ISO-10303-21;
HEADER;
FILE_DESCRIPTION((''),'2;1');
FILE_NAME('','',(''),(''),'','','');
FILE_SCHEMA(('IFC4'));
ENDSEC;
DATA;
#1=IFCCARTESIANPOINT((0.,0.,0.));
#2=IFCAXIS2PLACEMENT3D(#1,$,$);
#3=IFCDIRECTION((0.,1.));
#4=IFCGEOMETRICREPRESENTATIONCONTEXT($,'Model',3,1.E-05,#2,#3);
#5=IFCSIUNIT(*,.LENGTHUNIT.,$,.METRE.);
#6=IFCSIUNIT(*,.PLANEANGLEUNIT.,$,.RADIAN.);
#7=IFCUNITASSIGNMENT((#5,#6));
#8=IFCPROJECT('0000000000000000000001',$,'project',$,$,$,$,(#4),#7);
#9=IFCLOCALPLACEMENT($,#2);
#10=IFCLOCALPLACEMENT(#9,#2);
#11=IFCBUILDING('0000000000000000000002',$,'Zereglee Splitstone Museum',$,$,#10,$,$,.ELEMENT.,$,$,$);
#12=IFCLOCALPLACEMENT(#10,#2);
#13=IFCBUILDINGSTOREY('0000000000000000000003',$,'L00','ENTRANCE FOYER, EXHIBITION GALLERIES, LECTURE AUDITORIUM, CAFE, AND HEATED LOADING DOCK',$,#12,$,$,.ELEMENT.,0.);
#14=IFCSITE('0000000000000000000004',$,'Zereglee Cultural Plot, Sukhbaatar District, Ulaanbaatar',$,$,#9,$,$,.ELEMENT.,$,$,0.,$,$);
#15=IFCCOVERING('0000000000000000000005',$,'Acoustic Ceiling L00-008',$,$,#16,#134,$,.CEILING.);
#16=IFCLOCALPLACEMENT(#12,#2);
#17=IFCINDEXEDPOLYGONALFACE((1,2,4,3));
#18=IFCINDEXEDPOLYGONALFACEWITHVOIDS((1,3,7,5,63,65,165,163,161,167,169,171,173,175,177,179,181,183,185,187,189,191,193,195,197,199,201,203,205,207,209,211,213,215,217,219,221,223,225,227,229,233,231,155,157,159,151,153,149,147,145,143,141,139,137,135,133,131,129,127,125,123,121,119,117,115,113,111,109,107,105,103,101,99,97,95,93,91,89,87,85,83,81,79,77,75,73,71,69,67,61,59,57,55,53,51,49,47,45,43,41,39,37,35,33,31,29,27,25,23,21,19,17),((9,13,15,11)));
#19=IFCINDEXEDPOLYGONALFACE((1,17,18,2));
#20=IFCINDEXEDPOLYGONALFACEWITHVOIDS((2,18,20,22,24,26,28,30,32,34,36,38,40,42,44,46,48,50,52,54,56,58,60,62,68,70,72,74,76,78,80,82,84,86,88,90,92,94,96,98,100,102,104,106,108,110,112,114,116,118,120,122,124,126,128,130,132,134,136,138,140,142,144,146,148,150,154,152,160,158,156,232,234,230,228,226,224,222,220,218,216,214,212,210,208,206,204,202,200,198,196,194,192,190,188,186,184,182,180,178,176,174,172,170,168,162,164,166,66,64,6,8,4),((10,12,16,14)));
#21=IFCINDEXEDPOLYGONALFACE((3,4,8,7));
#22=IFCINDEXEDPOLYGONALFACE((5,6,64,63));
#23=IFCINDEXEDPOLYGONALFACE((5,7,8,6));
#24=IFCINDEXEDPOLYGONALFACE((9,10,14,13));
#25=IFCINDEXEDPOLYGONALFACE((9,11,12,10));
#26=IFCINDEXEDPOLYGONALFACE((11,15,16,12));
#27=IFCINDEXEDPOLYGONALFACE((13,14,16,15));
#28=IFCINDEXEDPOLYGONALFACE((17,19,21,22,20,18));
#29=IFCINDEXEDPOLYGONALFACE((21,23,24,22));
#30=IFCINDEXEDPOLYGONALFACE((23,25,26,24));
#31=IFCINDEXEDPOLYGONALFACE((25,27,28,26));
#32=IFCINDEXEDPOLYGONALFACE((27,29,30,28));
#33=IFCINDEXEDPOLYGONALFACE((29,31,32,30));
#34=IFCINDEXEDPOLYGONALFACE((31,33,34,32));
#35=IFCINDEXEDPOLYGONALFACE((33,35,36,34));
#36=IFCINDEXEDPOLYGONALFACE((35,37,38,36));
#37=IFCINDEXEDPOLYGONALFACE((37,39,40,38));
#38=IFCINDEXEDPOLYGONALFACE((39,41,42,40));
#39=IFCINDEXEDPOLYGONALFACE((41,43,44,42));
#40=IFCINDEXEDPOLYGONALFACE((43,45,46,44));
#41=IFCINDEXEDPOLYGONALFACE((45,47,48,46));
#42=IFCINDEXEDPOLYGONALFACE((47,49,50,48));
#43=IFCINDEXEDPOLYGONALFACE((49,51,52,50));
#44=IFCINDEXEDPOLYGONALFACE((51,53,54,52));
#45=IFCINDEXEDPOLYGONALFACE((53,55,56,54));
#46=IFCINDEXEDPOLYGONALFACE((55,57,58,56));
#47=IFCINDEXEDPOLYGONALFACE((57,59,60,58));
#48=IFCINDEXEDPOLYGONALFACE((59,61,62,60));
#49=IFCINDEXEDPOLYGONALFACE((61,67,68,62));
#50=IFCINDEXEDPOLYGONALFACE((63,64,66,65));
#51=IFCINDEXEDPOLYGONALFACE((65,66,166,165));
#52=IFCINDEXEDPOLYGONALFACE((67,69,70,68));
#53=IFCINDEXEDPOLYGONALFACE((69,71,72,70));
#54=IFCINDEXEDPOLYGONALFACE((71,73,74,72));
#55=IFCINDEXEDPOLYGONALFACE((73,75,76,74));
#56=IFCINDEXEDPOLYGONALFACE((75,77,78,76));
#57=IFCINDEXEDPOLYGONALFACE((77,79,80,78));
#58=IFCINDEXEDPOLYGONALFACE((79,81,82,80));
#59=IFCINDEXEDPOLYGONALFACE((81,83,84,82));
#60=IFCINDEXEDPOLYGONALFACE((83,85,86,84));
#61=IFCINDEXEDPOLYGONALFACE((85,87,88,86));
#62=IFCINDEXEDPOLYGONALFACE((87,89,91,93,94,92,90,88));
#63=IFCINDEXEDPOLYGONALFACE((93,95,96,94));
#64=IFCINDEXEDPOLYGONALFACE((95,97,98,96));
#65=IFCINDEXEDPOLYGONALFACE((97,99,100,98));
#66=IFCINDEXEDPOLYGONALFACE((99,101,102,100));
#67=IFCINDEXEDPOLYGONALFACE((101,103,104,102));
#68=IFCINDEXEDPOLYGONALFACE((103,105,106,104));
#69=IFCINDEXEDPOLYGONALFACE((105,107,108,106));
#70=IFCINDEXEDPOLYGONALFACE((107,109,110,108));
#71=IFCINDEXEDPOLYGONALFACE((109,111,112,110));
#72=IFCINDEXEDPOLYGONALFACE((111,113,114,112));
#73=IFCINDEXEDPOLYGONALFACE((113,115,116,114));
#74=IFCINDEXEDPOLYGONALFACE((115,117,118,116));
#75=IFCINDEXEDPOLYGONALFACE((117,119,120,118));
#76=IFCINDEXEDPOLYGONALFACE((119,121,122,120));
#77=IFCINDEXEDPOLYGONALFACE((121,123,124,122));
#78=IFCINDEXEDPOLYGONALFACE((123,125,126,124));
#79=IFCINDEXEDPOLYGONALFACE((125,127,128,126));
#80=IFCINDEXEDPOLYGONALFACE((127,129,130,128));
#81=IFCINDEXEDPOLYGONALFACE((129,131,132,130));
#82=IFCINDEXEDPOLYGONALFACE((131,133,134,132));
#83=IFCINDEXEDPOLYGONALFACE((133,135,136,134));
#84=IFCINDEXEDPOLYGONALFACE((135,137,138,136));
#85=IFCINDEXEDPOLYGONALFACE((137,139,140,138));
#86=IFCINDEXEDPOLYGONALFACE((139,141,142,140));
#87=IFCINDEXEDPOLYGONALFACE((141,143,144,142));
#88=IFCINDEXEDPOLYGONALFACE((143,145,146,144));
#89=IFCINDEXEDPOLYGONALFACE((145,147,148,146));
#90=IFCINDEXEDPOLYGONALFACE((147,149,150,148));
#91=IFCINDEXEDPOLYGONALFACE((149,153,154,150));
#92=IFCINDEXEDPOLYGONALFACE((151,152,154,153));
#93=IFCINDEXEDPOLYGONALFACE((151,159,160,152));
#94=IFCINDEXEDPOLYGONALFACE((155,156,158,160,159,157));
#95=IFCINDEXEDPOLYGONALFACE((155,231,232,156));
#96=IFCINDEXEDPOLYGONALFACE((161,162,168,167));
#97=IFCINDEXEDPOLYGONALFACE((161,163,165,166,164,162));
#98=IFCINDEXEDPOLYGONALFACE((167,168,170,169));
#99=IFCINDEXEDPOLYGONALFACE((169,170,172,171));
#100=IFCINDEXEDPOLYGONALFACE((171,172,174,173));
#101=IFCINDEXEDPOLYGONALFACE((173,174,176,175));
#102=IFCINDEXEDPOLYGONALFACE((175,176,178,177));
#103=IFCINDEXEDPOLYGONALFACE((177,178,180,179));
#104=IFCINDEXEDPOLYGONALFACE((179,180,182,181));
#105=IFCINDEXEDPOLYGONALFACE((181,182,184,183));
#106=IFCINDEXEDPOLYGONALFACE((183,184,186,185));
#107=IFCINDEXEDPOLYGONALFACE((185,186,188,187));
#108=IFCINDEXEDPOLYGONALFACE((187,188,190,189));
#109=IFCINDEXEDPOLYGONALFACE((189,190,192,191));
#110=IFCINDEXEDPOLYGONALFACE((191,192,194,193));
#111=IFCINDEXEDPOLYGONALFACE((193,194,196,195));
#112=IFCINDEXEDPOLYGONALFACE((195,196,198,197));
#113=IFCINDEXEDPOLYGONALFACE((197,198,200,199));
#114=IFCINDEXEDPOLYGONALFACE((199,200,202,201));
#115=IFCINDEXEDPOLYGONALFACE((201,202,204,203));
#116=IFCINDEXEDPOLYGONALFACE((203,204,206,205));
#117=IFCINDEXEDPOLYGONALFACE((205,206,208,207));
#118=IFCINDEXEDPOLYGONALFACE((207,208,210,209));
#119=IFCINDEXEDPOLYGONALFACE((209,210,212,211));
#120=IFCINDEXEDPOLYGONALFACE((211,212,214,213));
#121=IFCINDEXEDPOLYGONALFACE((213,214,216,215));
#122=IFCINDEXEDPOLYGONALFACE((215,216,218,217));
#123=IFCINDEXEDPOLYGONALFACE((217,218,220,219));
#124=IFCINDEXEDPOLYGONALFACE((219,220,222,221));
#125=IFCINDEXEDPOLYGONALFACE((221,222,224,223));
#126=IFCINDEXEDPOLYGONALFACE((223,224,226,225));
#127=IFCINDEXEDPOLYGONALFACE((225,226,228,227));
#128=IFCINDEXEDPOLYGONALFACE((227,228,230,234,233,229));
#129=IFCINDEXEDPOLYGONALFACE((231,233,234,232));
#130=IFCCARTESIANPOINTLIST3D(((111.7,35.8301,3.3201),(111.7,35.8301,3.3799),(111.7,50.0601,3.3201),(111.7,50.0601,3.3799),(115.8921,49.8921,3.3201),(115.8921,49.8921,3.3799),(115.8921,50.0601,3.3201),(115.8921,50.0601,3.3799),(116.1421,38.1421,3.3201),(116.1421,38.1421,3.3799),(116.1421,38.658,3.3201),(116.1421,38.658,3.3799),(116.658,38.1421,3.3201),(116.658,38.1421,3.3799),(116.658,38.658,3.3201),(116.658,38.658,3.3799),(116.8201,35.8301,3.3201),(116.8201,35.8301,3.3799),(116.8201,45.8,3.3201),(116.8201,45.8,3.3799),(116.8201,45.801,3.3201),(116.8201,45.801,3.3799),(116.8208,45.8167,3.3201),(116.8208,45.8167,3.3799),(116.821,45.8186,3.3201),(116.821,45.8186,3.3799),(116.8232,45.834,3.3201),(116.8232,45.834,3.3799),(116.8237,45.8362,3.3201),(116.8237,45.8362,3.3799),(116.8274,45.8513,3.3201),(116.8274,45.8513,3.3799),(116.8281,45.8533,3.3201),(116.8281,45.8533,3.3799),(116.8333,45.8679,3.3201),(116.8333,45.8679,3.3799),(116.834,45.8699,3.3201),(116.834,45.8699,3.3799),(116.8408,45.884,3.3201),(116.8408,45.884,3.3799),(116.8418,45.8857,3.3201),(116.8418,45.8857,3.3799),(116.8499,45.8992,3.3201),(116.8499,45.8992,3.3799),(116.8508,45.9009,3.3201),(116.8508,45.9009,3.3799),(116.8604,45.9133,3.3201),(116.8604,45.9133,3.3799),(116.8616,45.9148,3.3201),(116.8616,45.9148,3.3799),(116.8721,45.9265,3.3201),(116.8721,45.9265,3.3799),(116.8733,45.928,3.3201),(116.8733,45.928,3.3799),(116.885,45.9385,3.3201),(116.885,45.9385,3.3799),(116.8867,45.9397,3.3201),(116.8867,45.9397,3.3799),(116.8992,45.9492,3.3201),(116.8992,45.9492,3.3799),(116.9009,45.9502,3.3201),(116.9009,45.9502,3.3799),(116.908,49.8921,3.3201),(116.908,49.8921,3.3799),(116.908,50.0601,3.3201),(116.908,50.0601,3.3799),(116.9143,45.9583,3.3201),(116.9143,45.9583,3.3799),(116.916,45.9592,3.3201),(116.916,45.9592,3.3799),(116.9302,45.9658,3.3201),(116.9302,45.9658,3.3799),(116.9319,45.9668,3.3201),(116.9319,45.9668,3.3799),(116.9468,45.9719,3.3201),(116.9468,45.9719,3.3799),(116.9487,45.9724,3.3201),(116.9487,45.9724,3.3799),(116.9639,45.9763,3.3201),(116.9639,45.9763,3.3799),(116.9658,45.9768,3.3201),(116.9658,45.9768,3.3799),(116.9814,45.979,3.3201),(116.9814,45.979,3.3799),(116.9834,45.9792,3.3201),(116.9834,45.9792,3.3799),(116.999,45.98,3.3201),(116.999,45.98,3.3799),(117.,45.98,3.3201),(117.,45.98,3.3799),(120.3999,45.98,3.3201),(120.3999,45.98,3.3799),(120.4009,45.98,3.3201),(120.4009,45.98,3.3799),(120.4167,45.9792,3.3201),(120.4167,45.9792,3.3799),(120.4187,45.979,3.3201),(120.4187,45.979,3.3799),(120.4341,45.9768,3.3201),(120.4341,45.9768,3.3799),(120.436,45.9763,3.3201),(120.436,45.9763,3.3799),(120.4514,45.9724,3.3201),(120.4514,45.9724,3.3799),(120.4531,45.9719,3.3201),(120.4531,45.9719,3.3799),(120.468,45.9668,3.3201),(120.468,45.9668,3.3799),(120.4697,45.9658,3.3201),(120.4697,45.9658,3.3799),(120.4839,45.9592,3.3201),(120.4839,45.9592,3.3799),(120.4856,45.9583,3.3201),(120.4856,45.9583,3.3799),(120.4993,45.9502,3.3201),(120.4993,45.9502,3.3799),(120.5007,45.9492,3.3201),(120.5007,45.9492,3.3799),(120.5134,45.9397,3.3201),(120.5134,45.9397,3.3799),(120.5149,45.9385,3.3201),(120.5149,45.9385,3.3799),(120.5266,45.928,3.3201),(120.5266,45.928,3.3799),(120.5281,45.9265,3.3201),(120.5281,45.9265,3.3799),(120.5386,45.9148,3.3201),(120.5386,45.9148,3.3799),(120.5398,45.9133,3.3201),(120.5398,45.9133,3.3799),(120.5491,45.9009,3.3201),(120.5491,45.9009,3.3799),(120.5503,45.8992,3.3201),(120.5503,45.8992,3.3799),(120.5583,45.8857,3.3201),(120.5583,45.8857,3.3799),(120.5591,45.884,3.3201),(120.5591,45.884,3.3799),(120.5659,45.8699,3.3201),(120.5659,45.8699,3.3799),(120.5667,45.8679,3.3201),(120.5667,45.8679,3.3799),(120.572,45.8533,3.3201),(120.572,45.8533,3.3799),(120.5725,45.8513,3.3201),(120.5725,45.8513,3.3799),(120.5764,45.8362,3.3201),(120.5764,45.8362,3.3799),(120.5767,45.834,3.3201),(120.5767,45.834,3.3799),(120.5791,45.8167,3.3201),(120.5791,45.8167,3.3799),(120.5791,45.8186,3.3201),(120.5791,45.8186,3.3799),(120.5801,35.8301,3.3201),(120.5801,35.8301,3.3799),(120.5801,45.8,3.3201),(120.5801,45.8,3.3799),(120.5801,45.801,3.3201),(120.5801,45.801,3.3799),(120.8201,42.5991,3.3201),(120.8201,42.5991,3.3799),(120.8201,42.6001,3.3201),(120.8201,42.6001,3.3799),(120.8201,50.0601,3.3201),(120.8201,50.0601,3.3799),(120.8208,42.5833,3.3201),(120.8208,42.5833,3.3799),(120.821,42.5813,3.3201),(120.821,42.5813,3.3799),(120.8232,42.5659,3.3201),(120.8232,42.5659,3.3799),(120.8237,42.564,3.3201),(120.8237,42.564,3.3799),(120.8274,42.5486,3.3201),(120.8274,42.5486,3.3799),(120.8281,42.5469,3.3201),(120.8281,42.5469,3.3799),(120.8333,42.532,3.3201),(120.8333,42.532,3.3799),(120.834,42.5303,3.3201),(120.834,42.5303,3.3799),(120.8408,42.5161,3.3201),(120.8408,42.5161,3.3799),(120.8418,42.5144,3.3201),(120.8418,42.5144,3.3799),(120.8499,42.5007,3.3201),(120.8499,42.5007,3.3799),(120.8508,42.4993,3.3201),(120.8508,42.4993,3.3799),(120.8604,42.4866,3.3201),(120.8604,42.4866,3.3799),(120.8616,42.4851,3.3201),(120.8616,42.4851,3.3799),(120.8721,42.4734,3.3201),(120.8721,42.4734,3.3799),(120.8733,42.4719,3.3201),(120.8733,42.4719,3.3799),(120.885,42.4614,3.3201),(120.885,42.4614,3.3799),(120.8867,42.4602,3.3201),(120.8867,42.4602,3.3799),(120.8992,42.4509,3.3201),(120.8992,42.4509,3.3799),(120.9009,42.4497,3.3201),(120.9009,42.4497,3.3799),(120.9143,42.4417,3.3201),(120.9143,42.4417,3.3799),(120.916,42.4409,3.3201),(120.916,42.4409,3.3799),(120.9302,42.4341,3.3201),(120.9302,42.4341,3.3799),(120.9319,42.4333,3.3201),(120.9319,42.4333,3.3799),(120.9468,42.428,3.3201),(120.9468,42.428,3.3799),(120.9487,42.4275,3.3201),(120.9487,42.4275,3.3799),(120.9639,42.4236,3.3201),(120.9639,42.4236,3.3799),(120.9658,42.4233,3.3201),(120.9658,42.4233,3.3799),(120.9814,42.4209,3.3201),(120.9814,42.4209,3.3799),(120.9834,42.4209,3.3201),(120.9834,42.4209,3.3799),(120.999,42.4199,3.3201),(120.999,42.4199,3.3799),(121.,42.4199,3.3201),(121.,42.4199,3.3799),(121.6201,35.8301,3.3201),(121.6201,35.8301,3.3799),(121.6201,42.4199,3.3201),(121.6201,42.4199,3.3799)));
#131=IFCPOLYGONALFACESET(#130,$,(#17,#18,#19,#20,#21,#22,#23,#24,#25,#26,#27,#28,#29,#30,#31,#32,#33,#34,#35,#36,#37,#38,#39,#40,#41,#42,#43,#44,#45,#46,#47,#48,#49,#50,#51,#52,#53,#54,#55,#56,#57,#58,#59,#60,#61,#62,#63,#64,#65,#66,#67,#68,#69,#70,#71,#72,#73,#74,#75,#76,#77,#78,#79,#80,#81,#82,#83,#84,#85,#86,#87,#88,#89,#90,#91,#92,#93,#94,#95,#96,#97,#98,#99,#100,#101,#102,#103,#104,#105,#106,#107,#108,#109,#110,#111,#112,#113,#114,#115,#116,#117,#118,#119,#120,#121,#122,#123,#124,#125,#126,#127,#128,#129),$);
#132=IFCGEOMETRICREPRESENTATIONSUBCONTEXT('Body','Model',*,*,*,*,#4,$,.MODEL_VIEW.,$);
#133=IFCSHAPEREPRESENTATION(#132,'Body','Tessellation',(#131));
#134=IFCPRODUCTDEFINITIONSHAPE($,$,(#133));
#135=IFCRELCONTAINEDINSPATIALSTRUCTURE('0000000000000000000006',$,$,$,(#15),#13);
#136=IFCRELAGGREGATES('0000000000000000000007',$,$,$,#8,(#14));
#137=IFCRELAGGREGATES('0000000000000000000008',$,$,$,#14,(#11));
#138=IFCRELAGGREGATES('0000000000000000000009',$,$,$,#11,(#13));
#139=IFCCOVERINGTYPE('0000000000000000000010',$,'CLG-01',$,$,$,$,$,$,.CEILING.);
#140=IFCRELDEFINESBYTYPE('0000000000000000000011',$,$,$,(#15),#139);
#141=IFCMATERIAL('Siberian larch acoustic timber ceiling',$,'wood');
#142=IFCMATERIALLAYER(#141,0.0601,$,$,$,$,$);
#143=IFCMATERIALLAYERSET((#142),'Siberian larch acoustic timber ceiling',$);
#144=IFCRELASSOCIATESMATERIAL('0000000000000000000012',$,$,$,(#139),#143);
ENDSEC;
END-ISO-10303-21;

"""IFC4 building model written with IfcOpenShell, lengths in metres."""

from ifc_helpers import new_model, si_unit, direction, frame, origin, place, context, subcontext, project, spatial, polyline, outline, extrude, material, layer, layer_set, type_object, element, save


model = new_model("IFC4")

# Units and contexts
model_context = context("Model", 3, precision=1e-05, world=origin(), true_north=direction((0.0, 1.0)))
body_context = subcontext(model_context, "Body", "Model", "MODEL_VIEW")
ifc_project = project(units=[si_unit("LENGTHUNIT", "METRE"), si_unit("PLANEANGLEUNIT", "RADIAN")], contexts=[model_context])

# Site, building, storey
site_placement = place(None, origin())
site = spatial("IfcSite", under=ifc_project, at=site_placement, Name="Zereglee Cultural Plot, Sukhbaatar District, Ulaanbaatar", CompositionType="ELEMENT", RefElevation=0.0)
building_placement = place(site_placement, origin())
building = spatial("IfcBuilding", under=site, at=building_placement, Name="Zereglee Splitstone Museum", CompositionType="ELEMENT")
storey_placement = place(building_placement, origin())
storey = spatial("IfcBuildingStorey", under=building, at=storey_placement, Name="L00", Description="ENTRANCE FOYER, EXHIBITION GALLERIES, LECTURE AUDITORIUM, CAFE, AND HEATED LOADING DOCK", CompositionType="ELEMENT", Elevation=0.0)

# Covering
ifc_material_1 = material(Name="Siberian larch acoustic timber ceiling", Category="wood")
ifc_layer_1 = layer(ifc_material_1, 0.0601)
ifc_layer_set_1 = layer_set([ifc_layer_1], Name="Siberian larch acoustic timber ceiling")
covering_type_1 = type_object("IfcCoveringType", Name="CLG-01", PredefinedType="CEILING", material=ifc_layer_set_1)
covering_1_placement = place(storey_placement, frame((0.0, 0.0, 3.3201)))
element("IfcCovering", 1, at=covering_1_placement, inside=storey, type_object=covering_type_1, Name="Acoustic Ceiling L00-008", PredefinedType="CEILING", context=body_context, shape_type="SweptSolid", body=[
    extrude(outline(polyline([(120.8201, 42.6001), (120.8201, 42.5991), (120.8208, 42.5833), (120.821, 42.5813), (120.8232, 42.5659), (120.8237, 42.564), (120.8274, 42.5486), (120.8281, 42.5469), (120.8333, 42.532), (120.834, 42.5303), (120.8408, 42.5161), (120.8418, 42.5144), (120.8499, 42.5007), (120.8508, 42.4993), (120.8604, 42.4866), (120.8616, 42.4851), (120.8721, 42.4734), (120.8733, 42.4719), (120.885, 42.4614), (120.8867, 42.4602), (120.8992, 42.4509), (120.9009, 42.4497), (120.9143, 42.4417), (120.916, 42.4409), (120.9302, 42.4341), (120.9319, 42.4333), (120.9468, 42.428), (120.9487, 42.4275), (120.9639, 42.4236), (120.9658, 42.4233), (120.9814, 42.4209), (120.9834, 42.4209), (120.999, 42.4199), (121.0, 42.4199), (121.6201, 42.4199), (121.6201, 35.8301), (120.5801, 35.8301), (120.5801, 45.8), (120.5801, 45.801), (120.5791, 45.8167), (120.5791, 45.8186), (120.5767, 45.834), (120.5764, 45.8362), (120.5725, 45.8513), (120.572, 45.8533), (120.5667, 45.8679), (120.5659, 45.8699), (120.5591, 45.884), (120.5583, 45.8857), (120.5503, 45.8992), (120.5491, 45.9009), (120.5398, 45.9133), (120.5386, 45.9148), (120.5281, 45.9265), (120.5266, 45.928), (120.5149, 45.9385), (120.5134, 45.9397), (120.5007, 45.9492), (120.4993, 45.9502), (120.4856, 45.9583), (120.4839, 45.9592), (120.4697, 45.9658), (120.468, 45.9668), (120.4531, 45.9719), (120.4514, 45.9724), (120.436, 45.9763), (120.4341, 45.9768), (120.4187, 45.979), (120.4167, 45.9792), (120.4009, 45.98), (120.3999, 45.98), (117.0, 45.98), (116.999, 45.98), (116.9834, 45.9792), (116.9814, 45.979), (116.9658, 45.9768), (116.9639, 45.9763), (116.9487, 45.9724), (116.9468, 45.9719), (116.9319, 45.9668), (116.9302, 45.9658), (116.916, 45.9592), (116.9143, 45.9583), (116.9009, 45.9502), (116.8992, 45.9492), (116.8867, 45.9397), (116.885, 45.9385), (116.8733, 45.928), (116.8721, 45.9265), (116.8616, 45.9148), (116.8604, 45.9133), (116.8508, 45.9009), (116.8499, 45.8992), (116.8418, 45.8857), (116.8408, 45.884), (116.834, 45.8699), (116.8333, 45.8679), (116.8281, 45.8533), (116.8274, 45.8513), (116.8237, 45.8362), (116.8232, 45.834), (116.821, 45.8186), (116.8208, 45.8167), (116.8201, 45.801), (116.8201, 45.8), (116.8201, 35.8301), (111.7, 35.8301), (111.7, 50.0601), (115.8921, 50.0601), (115.8921, 49.8921), (116.908, 49.8921), (116.908, 50.0601), (120.8201, 50.0601), (120.8201, 42.6001)]), holes=[polyline([(116.658, 38.658), (116.1421, 38.658), (116.1421, 38.1421), (116.658, 38.1421), (116.658, 38.658)])]), origin(), (0.0, 0.0, 1.0), 0.0598),
])

save(model, "model.ifc")
